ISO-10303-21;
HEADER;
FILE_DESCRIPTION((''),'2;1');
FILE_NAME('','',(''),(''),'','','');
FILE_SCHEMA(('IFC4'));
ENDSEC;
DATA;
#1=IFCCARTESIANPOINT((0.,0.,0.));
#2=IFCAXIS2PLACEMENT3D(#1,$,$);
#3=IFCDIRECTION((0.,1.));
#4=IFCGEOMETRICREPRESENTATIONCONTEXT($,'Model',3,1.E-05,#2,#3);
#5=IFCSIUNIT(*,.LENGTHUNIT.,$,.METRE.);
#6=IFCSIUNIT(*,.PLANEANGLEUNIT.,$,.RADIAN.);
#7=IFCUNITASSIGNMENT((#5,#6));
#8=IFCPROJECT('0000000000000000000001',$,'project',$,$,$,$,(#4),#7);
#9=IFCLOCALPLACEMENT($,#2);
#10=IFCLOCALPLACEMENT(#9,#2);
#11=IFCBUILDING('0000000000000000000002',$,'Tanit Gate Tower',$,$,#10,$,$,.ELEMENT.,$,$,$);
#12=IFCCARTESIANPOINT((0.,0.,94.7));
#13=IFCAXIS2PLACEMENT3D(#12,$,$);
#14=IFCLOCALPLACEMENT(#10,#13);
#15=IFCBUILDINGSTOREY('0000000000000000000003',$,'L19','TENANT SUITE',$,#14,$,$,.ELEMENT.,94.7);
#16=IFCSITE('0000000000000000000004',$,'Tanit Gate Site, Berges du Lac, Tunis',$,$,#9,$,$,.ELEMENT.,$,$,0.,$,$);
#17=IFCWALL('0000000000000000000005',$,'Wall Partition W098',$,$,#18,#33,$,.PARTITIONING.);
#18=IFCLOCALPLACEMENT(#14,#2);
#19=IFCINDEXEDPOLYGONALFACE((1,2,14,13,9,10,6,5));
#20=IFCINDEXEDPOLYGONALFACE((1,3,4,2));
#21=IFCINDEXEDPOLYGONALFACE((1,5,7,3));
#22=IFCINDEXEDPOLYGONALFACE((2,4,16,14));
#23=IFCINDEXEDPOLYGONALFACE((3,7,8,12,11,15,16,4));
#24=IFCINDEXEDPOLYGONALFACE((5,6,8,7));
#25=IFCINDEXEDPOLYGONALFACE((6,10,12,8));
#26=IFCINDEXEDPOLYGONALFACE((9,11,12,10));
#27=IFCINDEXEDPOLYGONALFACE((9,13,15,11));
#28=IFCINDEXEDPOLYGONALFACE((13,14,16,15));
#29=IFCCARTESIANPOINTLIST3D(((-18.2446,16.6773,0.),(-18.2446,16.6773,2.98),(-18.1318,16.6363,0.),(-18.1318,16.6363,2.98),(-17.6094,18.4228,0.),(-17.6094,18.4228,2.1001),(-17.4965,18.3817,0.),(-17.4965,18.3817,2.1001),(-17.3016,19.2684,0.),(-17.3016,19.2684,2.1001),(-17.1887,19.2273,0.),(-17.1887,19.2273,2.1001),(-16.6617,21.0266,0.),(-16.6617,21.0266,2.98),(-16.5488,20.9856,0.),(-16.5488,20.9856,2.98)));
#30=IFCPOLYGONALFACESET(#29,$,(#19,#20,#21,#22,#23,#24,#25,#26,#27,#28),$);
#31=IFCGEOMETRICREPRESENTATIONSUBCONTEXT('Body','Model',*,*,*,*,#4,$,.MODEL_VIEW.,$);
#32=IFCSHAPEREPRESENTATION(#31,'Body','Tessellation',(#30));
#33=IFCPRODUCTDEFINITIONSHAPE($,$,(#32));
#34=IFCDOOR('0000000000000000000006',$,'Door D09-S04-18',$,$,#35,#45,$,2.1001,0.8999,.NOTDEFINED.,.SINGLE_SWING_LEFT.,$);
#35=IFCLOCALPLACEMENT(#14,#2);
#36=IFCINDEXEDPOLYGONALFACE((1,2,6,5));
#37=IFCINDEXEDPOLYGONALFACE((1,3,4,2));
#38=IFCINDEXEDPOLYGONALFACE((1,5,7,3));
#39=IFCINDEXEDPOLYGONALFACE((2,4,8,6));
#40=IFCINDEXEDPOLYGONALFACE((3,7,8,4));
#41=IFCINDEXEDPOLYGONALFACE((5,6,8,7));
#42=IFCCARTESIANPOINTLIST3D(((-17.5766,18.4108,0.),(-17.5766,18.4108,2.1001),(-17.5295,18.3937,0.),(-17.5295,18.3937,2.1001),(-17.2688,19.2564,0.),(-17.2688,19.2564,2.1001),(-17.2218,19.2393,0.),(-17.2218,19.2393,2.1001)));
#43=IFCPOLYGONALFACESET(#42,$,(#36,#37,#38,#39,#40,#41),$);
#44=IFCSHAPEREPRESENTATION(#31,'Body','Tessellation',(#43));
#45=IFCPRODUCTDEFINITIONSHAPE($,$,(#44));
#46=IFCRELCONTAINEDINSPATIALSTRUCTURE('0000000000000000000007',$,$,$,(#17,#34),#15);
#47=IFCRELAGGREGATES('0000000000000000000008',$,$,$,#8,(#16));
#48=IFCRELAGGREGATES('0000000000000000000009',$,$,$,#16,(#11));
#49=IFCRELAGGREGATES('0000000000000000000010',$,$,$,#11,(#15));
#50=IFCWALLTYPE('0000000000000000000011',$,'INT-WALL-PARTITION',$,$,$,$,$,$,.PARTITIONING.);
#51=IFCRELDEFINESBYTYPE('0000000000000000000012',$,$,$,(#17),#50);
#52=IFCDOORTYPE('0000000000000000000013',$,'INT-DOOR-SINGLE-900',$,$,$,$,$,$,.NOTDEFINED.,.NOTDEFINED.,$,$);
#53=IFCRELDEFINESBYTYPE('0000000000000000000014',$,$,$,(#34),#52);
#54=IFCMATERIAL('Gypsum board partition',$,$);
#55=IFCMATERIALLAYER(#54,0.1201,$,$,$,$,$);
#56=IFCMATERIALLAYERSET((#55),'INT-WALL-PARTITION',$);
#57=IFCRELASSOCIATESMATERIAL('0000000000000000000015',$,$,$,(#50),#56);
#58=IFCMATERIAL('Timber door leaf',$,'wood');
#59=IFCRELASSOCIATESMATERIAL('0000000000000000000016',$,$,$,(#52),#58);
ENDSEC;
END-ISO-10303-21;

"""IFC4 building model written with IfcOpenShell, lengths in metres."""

from ifc_helpers import new_model, si_unit, direction, frame, frame_2d, origin, place, context, subcontext, project, spatial, rectangle, extrude, material, layer, layer_set, type_object, element, fill, save


model = new_model("IFC4")

# Units and contexts
model_context = context("Model", 3, precision=1e-05, world=origin(), true_north=direction((0.0, 1.0)))
body_context = subcontext(model_context, "Body", "Model", "MODEL_VIEW")
ifc_project = project(units=[si_unit("LENGTHUNIT", "METRE"), si_unit("PLANEANGLEUNIT", "RADIAN")], contexts=[model_context])

# Site, building, storey
site_placement = place(None, origin())
site = spatial("IfcSite", under=ifc_project, at=site_placement, Name="Tanit Gate Site, Berges du Lac, Tunis", CompositionType="ELEMENT", RefElevation=0.0)
building_placement = place(site_placement, origin())
building = spatial("IfcBuilding", under=site, at=building_placement, Name="Tanit Gate Tower", CompositionType="ELEMENT")
storey_placement = place(building_placement, frame((0.0, 0.0, 94.7)))
storey = spatial("IfcBuildingStorey", under=building, at=storey_placement, Name="L19", Description="TENANT SUITE", CompositionType="ELEMENT", Elevation=94.7)

# Shared definitions
ifc_material_1 = material(Name="Gypsum board partition")
ifc_layer_1 = layer(ifc_material_1, 0.1201)
ifc_layer_set_1 = layer_set([ifc_layer_1], Name="INT-WALL-PARTITION")
wall_type_1 = type_object("IfcWallType", Name="INT-WALL-PARTITION", PredefinedType="PARTITIONING", material=ifc_layer_set_1)

# Wall, opening, door
wall_1_placement = place(storey_placement, frame((-16.6052, 21.0061, 0.0), z_axis=(0.0, 0.0, 1.0), x_axis=(-0.342014, -0.939695, 0.0)))
wall_1 = element("IfcWall", 1, at=wall_1_placement, inside=storey, type_object=wall_type_1, Name="Wall Partition W098", PredefinedType="PARTITIONING", context=body_context, shape_type="SweptSolid", body=[
    extrude(rectangle(XDim=4.6284, YDim=0.1201, at=frame_2d((2.3142, 0.0))), origin(), (0.0, 0.0, 1.0), 2.98),
])
opening_1_placement = place(wall_1_placement, frame((1.8711, 0.0, 0.0)))
opening_1 = element("IfcOpeningElement", 2, at=opening_1_placement, cuts=wall_1, PredefinedType="OPENING", context=body_context, shape_type="SweptSolid", body=[
    extrude(rectangle(XDim=0.8999, YDim=2.1001, at=frame_2d((0.45, 1.05))), frame((0.0, 0.0701, 0.0), z_axis=(0.0, -1.0, 0.0), x_axis=(1.0, 0.0, 0.0)), (0.0, 0.0, 1.0), 0.1401),
])
ifc_material_2 = material(Name="Timber door leaf", Category="wood")
door_type_1 = type_object("IfcDoorType", Name="INT-DOOR-SINGLE-900", OperationType="NOTDEFINED", PredefinedType="NOTDEFINED", material=ifc_material_2)
door_1_placement = place(opening_1_placement, origin())
door_1 = element("IfcDoor", 3, at=door_1_placement, inside=storey, type_object=door_type_1, Name="Door D09-S04-18", OperationType="SINGLE_SWING_LEFT", OverallHeight=2.1001, OverallWidth=0.8999, PredefinedType="NOTDEFINED", context=body_context, shape_type="SweptSolid", body=[
    extrude(rectangle(XDim=0.8999, YDim=2.1001, at=frame_2d((0.45, 1.05))), frame((0.0, 0.0249, 0.0), z_axis=(0.0, -1.0, 0.0), x_axis=(1.0, 0.0, 0.0)), (0.0, 0.0, 1.0), 0.05),
])
fill(opening_1, door_1)

save(model, "model.ifc")
